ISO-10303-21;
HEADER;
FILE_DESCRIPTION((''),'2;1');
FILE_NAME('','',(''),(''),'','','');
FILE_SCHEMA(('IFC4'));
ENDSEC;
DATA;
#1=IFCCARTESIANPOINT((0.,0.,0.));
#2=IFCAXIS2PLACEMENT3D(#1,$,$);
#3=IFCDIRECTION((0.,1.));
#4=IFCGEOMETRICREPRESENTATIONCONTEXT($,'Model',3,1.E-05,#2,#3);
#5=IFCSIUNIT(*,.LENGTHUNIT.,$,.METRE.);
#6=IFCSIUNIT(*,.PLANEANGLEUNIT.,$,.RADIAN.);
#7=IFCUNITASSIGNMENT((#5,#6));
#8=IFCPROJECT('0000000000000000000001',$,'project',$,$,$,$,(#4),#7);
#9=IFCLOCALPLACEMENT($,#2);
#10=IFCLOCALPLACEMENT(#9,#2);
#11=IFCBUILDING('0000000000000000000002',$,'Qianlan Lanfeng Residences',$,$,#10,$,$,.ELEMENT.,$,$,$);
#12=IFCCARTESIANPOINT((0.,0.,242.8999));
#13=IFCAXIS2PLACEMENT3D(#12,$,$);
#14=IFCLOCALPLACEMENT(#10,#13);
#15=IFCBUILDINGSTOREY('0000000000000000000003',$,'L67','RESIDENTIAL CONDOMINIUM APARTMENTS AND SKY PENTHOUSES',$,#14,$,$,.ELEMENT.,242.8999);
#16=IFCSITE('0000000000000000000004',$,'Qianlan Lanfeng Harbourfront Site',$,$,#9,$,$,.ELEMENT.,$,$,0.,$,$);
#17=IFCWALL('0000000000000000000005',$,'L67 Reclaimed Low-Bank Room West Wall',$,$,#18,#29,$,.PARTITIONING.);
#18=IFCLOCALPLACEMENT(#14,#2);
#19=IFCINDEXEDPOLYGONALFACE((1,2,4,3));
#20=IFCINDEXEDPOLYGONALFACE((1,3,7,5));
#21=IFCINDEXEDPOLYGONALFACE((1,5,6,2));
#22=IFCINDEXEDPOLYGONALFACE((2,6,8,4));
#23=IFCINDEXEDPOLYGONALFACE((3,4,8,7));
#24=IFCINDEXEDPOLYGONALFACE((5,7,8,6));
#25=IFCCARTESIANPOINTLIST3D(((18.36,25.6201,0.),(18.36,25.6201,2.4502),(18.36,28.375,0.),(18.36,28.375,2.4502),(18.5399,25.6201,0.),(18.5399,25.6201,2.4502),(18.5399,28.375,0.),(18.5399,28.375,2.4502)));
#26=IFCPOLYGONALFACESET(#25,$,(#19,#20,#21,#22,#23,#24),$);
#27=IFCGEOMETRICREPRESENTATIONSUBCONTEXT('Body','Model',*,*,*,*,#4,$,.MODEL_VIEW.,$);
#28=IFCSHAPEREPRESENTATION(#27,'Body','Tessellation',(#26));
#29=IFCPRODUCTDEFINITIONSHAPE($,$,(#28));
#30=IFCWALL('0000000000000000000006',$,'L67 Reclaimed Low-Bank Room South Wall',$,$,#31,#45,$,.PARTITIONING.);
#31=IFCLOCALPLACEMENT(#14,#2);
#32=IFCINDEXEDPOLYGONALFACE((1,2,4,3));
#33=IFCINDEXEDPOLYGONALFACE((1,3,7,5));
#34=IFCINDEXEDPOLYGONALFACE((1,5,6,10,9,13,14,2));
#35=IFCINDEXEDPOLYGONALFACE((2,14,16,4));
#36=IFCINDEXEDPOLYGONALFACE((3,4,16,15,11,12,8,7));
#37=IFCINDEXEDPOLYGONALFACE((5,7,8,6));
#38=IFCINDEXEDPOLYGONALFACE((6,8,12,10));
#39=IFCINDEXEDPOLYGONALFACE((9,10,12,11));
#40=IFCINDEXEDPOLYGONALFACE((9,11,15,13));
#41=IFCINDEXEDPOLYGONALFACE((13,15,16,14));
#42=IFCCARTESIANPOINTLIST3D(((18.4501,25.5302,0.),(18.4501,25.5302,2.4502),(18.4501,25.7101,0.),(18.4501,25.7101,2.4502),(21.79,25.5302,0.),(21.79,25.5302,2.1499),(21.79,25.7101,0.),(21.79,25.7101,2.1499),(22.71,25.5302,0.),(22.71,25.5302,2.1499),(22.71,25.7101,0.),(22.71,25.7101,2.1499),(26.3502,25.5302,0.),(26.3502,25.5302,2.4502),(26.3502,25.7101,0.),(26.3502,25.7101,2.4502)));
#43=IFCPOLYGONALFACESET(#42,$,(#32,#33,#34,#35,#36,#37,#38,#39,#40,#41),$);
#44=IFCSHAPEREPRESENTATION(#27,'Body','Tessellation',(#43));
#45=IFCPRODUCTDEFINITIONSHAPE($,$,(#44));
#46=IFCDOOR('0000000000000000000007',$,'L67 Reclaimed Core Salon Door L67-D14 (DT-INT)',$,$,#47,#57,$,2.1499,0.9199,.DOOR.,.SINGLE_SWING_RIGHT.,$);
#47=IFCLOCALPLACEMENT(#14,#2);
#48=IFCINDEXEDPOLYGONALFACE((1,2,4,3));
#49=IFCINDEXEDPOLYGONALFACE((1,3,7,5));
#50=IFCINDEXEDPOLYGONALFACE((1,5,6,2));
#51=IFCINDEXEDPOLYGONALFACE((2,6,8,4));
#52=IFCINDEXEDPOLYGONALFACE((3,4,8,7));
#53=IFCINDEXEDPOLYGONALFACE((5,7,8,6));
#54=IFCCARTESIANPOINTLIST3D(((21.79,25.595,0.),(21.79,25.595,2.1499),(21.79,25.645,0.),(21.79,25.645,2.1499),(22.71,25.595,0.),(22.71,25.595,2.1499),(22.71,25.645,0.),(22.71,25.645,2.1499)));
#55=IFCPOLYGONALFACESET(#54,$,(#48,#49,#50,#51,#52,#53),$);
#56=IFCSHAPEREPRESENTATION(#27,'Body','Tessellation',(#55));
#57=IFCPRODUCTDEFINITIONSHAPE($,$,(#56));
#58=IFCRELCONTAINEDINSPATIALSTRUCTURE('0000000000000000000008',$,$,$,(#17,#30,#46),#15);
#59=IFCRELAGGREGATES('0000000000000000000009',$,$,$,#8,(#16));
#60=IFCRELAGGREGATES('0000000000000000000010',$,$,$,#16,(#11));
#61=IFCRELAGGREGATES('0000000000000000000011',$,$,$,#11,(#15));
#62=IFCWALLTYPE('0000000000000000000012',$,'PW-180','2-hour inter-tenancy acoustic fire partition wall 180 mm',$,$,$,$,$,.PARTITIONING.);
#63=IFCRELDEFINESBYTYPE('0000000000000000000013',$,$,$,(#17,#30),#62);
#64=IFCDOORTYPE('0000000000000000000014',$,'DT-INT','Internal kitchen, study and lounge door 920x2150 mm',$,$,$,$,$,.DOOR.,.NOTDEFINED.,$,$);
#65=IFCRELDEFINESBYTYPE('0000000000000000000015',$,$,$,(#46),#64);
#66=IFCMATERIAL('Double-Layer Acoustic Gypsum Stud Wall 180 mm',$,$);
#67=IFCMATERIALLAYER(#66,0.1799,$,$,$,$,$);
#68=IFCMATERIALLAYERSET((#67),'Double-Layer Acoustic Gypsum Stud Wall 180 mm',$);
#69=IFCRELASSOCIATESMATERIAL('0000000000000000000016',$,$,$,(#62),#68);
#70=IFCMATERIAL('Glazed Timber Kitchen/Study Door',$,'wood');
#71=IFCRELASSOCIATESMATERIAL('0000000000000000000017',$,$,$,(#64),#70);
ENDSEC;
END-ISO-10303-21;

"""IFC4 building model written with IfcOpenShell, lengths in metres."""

from ifc_helpers import new_model, si_unit, direction, frame, frame_2d, origin, place, context, subcontext, project, spatial, rectangle, extrude, material, layer, layer_set, type_object, element, fill, save


model = new_model("IFC4")

# Units and contexts
model_context = context("Model", 3, precision=1e-05, world=origin(), true_north=direction((0.0, 1.0)))
body_context = subcontext(model_context, "Body", "Model", "MODEL_VIEW")
ifc_project = project(units=[si_unit("LENGTHUNIT", "METRE"), si_unit("PLANEANGLEUNIT", "RADIAN")], contexts=[model_context])

# Site, building, storey
site_placement = place(None, origin())
site = spatial("IfcSite", under=ifc_project, at=site_placement, Name="Qianlan Lanfeng Harbourfront Site", CompositionType="ELEMENT", RefElevation=0.0)
building_placement = place(site_placement, origin())
building = spatial("IfcBuilding", under=site, at=building_placement, Name="Qianlan Lanfeng Residences", CompositionType="ELEMENT")
storey_placement = place(building_placement, frame((0.0, 0.0, 242.8999)))
storey = spatial("IfcBuildingStorey", under=building, at=storey_placement, Name="L67", Description="RESIDENTIAL CONDOMINIUM APARTMENTS AND SKY PENTHOUSES", CompositionType="ELEMENT", Elevation=242.8999)

# Shared definitions
ifc_material_1 = material(Name="Double-Layer Acoustic Gypsum Stud Wall 180 mm")
ifc_layer_1 = layer(ifc_material_1, 0.1799)
ifc_layer_set_1 = layer_set([ifc_layer_1], Name="Double-Layer Acoustic Gypsum Stud Wall 180 mm")
wall_type_1 = type_object("IfcWallType", Name="PW-180", Description="2-hour inter-tenancy acoustic fire partition wall 180 mm", PredefinedType="PARTITIONING", material=ifc_layer_set_1)
ifc_material_2 = material(Name="Glazed Timber Kitchen/Study Door", Category="wood")
door_type_1 = type_object("IfcDoorType", Name="DT-INT", Description="Internal kitchen, study and lounge door 920x2150 mm", OperationType="NOTDEFINED", PredefinedType="DOOR", material=ifc_material_2)

# Wall
wall_1_placement = place(storey_placement, frame((18.45, 25.6201, 0.0), z_axis=(0.0, 0.0, 1.0), x_axis=(0.0, 1.0, 0.0)))
element("IfcWall", 1, at=wall_1_placement, inside=storey, type_object=wall_type_1, Name="L67 Reclaimed Low-Bank Room West Wall", PredefinedType="PARTITIONING", context=body_context, shape_type="SweptSolid", body=[
    extrude(rectangle(XDim=2.7549, YDim=0.1799, at=frame_2d((1.3774, 0.0))), origin(), (0.0, 0.0, 1.0), 2.4502),
])

# Wall, opening, door
wall_2_placement = place(storey_placement, frame((18.45, 25.6201, 0.0), z_axis=(0.0, 0.0, 1.0), x_axis=(1.0, 0.0, 0.0)))
wall_2 = element("IfcWall", 2, at=wall_2_placement, inside=storey, type_object=wall_type_1, Name="L67 Reclaimed Low-Bank Room South Wall", PredefinedType="PARTITIONING", context=body_context, shape_type="SweptSolid", body=[
    extrude(rectangle(XDim=7.9001, YDim=0.1799, at=frame_2d((3.9502, 0.0))), origin(), (0.0, 0.0, 1.0), 2.4502),
])
opening_1_placement = place(wall_2_placement, frame((3.3401, 0.0, 0.0)))
opening_1 = element("IfcOpeningElement", 3, at=opening_1_placement, cuts=wall_2, PredefinedType="OPENING", context=body_context, shape_type="SweptSolid", body=[
    extrude(rectangle(XDim=0.9199, YDim=2.1499, at=frame_2d((0.46, 1.075))), frame((0.0, 0.1001, 0.0), z_axis=(0.0, -1.0, 0.0), x_axis=(1.0, 0.0, 0.0)), (0.0, 0.0, 1.0), 0.2),
])
door_1_placement = place(opening_1_placement, origin())
door_1 = element("IfcDoor", 4, at=door_1_placement, inside=storey, type_object=door_type_1, Name="L67 Reclaimed Core Salon Door L67-D14 (DT-INT)", OperationType="SINGLE_SWING_RIGHT", OverallHeight=2.1499, OverallWidth=0.9199, PredefinedType="DOOR", context=body_context, shape_type="SweptSolid", body=[
    extrude(rectangle(XDim=0.9199, YDim=2.1499, at=frame_2d((0.46, 1.075))), frame((0.0, 0.0249, 0.0), z_axis=(0.0, -1.0, 0.0), x_axis=(1.0, 0.0, 0.0)), (0.0, 0.0, 1.0), 0.05),
])
fill(opening_1, door_1)

save(model, "model.ifc")
